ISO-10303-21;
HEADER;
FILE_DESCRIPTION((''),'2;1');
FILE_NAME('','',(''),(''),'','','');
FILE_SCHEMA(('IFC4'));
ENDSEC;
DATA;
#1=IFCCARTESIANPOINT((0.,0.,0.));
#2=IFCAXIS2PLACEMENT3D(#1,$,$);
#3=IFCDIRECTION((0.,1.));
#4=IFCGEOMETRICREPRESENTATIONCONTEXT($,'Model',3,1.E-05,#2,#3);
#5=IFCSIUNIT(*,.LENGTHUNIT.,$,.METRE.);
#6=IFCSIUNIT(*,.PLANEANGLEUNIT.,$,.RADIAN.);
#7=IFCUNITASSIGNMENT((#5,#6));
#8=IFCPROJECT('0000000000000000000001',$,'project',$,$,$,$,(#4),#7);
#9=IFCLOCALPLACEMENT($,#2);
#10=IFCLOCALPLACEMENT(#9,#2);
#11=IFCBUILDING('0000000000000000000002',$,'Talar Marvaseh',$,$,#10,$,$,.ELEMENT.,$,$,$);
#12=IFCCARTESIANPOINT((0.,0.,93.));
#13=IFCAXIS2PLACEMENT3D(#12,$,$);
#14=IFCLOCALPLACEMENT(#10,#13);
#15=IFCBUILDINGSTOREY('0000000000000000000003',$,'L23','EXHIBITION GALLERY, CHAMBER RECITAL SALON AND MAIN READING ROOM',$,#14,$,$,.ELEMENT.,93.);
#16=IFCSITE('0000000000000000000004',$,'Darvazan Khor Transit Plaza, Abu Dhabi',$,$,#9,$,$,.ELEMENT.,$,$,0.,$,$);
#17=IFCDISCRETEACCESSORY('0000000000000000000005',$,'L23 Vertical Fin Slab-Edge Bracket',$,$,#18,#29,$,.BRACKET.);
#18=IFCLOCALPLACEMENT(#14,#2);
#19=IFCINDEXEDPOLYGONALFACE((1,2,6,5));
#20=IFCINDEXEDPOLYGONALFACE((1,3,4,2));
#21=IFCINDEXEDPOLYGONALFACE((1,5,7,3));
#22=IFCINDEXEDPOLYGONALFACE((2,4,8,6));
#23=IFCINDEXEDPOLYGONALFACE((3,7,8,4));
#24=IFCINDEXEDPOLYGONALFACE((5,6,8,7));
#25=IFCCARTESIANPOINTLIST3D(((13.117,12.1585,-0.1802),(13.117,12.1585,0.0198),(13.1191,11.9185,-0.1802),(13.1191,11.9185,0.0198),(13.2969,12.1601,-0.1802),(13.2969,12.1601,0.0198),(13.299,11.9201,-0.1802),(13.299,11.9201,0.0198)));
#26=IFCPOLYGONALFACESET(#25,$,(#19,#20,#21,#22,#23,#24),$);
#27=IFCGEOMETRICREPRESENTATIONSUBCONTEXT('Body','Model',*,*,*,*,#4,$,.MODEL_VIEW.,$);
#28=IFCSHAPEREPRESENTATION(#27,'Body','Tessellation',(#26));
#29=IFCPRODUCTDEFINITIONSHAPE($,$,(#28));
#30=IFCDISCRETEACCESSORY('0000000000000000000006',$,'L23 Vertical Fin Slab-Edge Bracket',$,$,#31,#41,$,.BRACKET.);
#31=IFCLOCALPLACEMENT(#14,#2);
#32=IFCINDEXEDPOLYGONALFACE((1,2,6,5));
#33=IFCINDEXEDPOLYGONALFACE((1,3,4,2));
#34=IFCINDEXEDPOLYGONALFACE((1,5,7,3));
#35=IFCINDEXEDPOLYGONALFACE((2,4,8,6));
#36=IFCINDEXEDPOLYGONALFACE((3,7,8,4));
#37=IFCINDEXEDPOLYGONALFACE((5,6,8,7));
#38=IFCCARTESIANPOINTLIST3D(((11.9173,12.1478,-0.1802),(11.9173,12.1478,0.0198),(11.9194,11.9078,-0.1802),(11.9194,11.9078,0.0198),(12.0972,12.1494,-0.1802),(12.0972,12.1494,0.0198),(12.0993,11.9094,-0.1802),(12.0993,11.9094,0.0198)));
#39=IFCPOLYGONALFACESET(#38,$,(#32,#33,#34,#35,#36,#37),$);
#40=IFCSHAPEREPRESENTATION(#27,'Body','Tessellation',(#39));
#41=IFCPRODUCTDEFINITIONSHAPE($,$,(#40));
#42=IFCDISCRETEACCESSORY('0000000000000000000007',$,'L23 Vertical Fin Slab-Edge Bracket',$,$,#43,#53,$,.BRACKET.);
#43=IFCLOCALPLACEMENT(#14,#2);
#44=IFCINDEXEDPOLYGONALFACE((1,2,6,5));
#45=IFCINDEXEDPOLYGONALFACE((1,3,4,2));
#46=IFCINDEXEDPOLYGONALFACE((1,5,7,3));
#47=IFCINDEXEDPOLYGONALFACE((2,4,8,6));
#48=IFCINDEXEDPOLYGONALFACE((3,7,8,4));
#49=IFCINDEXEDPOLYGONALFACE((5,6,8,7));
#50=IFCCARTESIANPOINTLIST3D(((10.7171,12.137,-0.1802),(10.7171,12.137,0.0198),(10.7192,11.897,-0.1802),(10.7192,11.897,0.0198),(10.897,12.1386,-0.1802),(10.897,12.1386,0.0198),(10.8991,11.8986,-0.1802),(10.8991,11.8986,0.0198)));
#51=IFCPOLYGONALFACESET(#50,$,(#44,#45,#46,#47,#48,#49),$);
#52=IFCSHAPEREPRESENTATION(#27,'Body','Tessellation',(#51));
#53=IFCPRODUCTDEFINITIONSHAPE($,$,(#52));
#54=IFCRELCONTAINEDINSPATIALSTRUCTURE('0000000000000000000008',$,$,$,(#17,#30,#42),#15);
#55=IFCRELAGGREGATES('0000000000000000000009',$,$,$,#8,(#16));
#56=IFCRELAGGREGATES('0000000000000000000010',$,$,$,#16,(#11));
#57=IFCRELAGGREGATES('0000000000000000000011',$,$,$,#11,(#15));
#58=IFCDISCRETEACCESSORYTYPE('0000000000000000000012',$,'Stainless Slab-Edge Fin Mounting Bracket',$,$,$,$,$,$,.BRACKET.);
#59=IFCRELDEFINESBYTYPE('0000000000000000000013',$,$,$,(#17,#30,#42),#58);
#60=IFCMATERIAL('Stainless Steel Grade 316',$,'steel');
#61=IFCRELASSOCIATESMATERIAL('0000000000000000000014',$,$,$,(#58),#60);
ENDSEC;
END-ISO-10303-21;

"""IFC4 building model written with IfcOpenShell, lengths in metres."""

from ifc_helpers import new_model, si_unit, direction, frame, origin, origin_2d, place, context, subcontext, project, spatial, rectangle, extrude, source, transform, mapped, material, type_object, type_shapes, element, save


model = new_model("IFC4")

# Units and contexts
model_context = context("Model", 3, precision=1e-05, world=origin(), true_north=direction((0.0, 1.0)))
body_context = subcontext(model_context, "Body", "Model", "MODEL_VIEW")
ifc_project = project(units=[si_unit("LENGTHUNIT", "METRE"), si_unit("PLANEANGLEUNIT", "RADIAN")], contexts=[model_context])

# Site, building, storey
site_placement = place(None, origin())
site = spatial("IfcSite", under=ifc_project, at=site_placement, Name="Darvazan Khor Transit Plaza, Abu Dhabi", CompositionType="ELEMENT", RefElevation=0.0)
building_placement = place(site_placement, origin())
building = spatial("IfcBuilding", under=site, at=building_placement, Name="Talar Marvaseh", CompositionType="ELEMENT")
storey_placement = place(building_placement, frame((0.0, 0.0, 93.0)))
storey = spatial("IfcBuildingStorey", under=building, at=storey_placement, Name="L23", Description="EXHIBITION GALLERY, CHAMBER RECITAL SALON AND MAIN READING ROOM", CompositionType="ELEMENT", Elevation=93.0)

# Discrete accessories
ifc_material_1 = material(Name="Stainless Steel Grade 316", Category="steel")
discrete_accessory_type = type_object("IfcDiscreteAccessoryType", Name="Stainless Slab-Edge Fin Mounting Bracket", PredefinedType="BRACKET", material=ifc_material_1)
shared_shape_1 = source(origin(), body_context, "Body", "SweptSolid", [
    extrude(rectangle(XDim=0.24, YDim=0.1799, at=origin_2d()), origin(), (0.0, 0.0, 1.0), 0.2),
])
type_shapes(discrete_accessory_type, [shared_shape_1])
for number, where, z_axis, x_axis, name in (
    (1, (13.208, 12.0393, -0.1802), (0.0, 0.0, 1.0), (0.008901, -0.99996, 0.0), "L23 Vertical Fin Slab-Edge Bracket"),
    (2, (12.0083, 12.0286, -0.1802), (0.0, 0.0, 1.0), (0.008901, -0.99996, 0.0), "L23 Vertical Fin Slab-Edge Bracket"),
    (3, (10.8081, 12.0178, -0.1802), (0.0, 0.0, 1.0), (0.008901, -0.99996, 0.0), "L23 Vertical Fin Slab-Edge Bracket"),
):
    element("IfcDiscreteAccessory", number, at=place(storey_placement, frame(where, z_axis=z_axis, x_axis=x_axis)), inside=storey, type_object=discrete_accessory_type, Name=name, PredefinedType="BRACKET", context=body_context, shape_type="MappedRepresentation", body=[
        mapped(shared_shape_1, transform((0.0, 0.0, 0.0), x_axis=(1.0, 0.0, 0.0), y_axis=(0.0, 1.0, 0.0), z_axis=(0.0, 0.0, 1.0), scale=1.0)),
    ])

save(model, "model.ifc")
